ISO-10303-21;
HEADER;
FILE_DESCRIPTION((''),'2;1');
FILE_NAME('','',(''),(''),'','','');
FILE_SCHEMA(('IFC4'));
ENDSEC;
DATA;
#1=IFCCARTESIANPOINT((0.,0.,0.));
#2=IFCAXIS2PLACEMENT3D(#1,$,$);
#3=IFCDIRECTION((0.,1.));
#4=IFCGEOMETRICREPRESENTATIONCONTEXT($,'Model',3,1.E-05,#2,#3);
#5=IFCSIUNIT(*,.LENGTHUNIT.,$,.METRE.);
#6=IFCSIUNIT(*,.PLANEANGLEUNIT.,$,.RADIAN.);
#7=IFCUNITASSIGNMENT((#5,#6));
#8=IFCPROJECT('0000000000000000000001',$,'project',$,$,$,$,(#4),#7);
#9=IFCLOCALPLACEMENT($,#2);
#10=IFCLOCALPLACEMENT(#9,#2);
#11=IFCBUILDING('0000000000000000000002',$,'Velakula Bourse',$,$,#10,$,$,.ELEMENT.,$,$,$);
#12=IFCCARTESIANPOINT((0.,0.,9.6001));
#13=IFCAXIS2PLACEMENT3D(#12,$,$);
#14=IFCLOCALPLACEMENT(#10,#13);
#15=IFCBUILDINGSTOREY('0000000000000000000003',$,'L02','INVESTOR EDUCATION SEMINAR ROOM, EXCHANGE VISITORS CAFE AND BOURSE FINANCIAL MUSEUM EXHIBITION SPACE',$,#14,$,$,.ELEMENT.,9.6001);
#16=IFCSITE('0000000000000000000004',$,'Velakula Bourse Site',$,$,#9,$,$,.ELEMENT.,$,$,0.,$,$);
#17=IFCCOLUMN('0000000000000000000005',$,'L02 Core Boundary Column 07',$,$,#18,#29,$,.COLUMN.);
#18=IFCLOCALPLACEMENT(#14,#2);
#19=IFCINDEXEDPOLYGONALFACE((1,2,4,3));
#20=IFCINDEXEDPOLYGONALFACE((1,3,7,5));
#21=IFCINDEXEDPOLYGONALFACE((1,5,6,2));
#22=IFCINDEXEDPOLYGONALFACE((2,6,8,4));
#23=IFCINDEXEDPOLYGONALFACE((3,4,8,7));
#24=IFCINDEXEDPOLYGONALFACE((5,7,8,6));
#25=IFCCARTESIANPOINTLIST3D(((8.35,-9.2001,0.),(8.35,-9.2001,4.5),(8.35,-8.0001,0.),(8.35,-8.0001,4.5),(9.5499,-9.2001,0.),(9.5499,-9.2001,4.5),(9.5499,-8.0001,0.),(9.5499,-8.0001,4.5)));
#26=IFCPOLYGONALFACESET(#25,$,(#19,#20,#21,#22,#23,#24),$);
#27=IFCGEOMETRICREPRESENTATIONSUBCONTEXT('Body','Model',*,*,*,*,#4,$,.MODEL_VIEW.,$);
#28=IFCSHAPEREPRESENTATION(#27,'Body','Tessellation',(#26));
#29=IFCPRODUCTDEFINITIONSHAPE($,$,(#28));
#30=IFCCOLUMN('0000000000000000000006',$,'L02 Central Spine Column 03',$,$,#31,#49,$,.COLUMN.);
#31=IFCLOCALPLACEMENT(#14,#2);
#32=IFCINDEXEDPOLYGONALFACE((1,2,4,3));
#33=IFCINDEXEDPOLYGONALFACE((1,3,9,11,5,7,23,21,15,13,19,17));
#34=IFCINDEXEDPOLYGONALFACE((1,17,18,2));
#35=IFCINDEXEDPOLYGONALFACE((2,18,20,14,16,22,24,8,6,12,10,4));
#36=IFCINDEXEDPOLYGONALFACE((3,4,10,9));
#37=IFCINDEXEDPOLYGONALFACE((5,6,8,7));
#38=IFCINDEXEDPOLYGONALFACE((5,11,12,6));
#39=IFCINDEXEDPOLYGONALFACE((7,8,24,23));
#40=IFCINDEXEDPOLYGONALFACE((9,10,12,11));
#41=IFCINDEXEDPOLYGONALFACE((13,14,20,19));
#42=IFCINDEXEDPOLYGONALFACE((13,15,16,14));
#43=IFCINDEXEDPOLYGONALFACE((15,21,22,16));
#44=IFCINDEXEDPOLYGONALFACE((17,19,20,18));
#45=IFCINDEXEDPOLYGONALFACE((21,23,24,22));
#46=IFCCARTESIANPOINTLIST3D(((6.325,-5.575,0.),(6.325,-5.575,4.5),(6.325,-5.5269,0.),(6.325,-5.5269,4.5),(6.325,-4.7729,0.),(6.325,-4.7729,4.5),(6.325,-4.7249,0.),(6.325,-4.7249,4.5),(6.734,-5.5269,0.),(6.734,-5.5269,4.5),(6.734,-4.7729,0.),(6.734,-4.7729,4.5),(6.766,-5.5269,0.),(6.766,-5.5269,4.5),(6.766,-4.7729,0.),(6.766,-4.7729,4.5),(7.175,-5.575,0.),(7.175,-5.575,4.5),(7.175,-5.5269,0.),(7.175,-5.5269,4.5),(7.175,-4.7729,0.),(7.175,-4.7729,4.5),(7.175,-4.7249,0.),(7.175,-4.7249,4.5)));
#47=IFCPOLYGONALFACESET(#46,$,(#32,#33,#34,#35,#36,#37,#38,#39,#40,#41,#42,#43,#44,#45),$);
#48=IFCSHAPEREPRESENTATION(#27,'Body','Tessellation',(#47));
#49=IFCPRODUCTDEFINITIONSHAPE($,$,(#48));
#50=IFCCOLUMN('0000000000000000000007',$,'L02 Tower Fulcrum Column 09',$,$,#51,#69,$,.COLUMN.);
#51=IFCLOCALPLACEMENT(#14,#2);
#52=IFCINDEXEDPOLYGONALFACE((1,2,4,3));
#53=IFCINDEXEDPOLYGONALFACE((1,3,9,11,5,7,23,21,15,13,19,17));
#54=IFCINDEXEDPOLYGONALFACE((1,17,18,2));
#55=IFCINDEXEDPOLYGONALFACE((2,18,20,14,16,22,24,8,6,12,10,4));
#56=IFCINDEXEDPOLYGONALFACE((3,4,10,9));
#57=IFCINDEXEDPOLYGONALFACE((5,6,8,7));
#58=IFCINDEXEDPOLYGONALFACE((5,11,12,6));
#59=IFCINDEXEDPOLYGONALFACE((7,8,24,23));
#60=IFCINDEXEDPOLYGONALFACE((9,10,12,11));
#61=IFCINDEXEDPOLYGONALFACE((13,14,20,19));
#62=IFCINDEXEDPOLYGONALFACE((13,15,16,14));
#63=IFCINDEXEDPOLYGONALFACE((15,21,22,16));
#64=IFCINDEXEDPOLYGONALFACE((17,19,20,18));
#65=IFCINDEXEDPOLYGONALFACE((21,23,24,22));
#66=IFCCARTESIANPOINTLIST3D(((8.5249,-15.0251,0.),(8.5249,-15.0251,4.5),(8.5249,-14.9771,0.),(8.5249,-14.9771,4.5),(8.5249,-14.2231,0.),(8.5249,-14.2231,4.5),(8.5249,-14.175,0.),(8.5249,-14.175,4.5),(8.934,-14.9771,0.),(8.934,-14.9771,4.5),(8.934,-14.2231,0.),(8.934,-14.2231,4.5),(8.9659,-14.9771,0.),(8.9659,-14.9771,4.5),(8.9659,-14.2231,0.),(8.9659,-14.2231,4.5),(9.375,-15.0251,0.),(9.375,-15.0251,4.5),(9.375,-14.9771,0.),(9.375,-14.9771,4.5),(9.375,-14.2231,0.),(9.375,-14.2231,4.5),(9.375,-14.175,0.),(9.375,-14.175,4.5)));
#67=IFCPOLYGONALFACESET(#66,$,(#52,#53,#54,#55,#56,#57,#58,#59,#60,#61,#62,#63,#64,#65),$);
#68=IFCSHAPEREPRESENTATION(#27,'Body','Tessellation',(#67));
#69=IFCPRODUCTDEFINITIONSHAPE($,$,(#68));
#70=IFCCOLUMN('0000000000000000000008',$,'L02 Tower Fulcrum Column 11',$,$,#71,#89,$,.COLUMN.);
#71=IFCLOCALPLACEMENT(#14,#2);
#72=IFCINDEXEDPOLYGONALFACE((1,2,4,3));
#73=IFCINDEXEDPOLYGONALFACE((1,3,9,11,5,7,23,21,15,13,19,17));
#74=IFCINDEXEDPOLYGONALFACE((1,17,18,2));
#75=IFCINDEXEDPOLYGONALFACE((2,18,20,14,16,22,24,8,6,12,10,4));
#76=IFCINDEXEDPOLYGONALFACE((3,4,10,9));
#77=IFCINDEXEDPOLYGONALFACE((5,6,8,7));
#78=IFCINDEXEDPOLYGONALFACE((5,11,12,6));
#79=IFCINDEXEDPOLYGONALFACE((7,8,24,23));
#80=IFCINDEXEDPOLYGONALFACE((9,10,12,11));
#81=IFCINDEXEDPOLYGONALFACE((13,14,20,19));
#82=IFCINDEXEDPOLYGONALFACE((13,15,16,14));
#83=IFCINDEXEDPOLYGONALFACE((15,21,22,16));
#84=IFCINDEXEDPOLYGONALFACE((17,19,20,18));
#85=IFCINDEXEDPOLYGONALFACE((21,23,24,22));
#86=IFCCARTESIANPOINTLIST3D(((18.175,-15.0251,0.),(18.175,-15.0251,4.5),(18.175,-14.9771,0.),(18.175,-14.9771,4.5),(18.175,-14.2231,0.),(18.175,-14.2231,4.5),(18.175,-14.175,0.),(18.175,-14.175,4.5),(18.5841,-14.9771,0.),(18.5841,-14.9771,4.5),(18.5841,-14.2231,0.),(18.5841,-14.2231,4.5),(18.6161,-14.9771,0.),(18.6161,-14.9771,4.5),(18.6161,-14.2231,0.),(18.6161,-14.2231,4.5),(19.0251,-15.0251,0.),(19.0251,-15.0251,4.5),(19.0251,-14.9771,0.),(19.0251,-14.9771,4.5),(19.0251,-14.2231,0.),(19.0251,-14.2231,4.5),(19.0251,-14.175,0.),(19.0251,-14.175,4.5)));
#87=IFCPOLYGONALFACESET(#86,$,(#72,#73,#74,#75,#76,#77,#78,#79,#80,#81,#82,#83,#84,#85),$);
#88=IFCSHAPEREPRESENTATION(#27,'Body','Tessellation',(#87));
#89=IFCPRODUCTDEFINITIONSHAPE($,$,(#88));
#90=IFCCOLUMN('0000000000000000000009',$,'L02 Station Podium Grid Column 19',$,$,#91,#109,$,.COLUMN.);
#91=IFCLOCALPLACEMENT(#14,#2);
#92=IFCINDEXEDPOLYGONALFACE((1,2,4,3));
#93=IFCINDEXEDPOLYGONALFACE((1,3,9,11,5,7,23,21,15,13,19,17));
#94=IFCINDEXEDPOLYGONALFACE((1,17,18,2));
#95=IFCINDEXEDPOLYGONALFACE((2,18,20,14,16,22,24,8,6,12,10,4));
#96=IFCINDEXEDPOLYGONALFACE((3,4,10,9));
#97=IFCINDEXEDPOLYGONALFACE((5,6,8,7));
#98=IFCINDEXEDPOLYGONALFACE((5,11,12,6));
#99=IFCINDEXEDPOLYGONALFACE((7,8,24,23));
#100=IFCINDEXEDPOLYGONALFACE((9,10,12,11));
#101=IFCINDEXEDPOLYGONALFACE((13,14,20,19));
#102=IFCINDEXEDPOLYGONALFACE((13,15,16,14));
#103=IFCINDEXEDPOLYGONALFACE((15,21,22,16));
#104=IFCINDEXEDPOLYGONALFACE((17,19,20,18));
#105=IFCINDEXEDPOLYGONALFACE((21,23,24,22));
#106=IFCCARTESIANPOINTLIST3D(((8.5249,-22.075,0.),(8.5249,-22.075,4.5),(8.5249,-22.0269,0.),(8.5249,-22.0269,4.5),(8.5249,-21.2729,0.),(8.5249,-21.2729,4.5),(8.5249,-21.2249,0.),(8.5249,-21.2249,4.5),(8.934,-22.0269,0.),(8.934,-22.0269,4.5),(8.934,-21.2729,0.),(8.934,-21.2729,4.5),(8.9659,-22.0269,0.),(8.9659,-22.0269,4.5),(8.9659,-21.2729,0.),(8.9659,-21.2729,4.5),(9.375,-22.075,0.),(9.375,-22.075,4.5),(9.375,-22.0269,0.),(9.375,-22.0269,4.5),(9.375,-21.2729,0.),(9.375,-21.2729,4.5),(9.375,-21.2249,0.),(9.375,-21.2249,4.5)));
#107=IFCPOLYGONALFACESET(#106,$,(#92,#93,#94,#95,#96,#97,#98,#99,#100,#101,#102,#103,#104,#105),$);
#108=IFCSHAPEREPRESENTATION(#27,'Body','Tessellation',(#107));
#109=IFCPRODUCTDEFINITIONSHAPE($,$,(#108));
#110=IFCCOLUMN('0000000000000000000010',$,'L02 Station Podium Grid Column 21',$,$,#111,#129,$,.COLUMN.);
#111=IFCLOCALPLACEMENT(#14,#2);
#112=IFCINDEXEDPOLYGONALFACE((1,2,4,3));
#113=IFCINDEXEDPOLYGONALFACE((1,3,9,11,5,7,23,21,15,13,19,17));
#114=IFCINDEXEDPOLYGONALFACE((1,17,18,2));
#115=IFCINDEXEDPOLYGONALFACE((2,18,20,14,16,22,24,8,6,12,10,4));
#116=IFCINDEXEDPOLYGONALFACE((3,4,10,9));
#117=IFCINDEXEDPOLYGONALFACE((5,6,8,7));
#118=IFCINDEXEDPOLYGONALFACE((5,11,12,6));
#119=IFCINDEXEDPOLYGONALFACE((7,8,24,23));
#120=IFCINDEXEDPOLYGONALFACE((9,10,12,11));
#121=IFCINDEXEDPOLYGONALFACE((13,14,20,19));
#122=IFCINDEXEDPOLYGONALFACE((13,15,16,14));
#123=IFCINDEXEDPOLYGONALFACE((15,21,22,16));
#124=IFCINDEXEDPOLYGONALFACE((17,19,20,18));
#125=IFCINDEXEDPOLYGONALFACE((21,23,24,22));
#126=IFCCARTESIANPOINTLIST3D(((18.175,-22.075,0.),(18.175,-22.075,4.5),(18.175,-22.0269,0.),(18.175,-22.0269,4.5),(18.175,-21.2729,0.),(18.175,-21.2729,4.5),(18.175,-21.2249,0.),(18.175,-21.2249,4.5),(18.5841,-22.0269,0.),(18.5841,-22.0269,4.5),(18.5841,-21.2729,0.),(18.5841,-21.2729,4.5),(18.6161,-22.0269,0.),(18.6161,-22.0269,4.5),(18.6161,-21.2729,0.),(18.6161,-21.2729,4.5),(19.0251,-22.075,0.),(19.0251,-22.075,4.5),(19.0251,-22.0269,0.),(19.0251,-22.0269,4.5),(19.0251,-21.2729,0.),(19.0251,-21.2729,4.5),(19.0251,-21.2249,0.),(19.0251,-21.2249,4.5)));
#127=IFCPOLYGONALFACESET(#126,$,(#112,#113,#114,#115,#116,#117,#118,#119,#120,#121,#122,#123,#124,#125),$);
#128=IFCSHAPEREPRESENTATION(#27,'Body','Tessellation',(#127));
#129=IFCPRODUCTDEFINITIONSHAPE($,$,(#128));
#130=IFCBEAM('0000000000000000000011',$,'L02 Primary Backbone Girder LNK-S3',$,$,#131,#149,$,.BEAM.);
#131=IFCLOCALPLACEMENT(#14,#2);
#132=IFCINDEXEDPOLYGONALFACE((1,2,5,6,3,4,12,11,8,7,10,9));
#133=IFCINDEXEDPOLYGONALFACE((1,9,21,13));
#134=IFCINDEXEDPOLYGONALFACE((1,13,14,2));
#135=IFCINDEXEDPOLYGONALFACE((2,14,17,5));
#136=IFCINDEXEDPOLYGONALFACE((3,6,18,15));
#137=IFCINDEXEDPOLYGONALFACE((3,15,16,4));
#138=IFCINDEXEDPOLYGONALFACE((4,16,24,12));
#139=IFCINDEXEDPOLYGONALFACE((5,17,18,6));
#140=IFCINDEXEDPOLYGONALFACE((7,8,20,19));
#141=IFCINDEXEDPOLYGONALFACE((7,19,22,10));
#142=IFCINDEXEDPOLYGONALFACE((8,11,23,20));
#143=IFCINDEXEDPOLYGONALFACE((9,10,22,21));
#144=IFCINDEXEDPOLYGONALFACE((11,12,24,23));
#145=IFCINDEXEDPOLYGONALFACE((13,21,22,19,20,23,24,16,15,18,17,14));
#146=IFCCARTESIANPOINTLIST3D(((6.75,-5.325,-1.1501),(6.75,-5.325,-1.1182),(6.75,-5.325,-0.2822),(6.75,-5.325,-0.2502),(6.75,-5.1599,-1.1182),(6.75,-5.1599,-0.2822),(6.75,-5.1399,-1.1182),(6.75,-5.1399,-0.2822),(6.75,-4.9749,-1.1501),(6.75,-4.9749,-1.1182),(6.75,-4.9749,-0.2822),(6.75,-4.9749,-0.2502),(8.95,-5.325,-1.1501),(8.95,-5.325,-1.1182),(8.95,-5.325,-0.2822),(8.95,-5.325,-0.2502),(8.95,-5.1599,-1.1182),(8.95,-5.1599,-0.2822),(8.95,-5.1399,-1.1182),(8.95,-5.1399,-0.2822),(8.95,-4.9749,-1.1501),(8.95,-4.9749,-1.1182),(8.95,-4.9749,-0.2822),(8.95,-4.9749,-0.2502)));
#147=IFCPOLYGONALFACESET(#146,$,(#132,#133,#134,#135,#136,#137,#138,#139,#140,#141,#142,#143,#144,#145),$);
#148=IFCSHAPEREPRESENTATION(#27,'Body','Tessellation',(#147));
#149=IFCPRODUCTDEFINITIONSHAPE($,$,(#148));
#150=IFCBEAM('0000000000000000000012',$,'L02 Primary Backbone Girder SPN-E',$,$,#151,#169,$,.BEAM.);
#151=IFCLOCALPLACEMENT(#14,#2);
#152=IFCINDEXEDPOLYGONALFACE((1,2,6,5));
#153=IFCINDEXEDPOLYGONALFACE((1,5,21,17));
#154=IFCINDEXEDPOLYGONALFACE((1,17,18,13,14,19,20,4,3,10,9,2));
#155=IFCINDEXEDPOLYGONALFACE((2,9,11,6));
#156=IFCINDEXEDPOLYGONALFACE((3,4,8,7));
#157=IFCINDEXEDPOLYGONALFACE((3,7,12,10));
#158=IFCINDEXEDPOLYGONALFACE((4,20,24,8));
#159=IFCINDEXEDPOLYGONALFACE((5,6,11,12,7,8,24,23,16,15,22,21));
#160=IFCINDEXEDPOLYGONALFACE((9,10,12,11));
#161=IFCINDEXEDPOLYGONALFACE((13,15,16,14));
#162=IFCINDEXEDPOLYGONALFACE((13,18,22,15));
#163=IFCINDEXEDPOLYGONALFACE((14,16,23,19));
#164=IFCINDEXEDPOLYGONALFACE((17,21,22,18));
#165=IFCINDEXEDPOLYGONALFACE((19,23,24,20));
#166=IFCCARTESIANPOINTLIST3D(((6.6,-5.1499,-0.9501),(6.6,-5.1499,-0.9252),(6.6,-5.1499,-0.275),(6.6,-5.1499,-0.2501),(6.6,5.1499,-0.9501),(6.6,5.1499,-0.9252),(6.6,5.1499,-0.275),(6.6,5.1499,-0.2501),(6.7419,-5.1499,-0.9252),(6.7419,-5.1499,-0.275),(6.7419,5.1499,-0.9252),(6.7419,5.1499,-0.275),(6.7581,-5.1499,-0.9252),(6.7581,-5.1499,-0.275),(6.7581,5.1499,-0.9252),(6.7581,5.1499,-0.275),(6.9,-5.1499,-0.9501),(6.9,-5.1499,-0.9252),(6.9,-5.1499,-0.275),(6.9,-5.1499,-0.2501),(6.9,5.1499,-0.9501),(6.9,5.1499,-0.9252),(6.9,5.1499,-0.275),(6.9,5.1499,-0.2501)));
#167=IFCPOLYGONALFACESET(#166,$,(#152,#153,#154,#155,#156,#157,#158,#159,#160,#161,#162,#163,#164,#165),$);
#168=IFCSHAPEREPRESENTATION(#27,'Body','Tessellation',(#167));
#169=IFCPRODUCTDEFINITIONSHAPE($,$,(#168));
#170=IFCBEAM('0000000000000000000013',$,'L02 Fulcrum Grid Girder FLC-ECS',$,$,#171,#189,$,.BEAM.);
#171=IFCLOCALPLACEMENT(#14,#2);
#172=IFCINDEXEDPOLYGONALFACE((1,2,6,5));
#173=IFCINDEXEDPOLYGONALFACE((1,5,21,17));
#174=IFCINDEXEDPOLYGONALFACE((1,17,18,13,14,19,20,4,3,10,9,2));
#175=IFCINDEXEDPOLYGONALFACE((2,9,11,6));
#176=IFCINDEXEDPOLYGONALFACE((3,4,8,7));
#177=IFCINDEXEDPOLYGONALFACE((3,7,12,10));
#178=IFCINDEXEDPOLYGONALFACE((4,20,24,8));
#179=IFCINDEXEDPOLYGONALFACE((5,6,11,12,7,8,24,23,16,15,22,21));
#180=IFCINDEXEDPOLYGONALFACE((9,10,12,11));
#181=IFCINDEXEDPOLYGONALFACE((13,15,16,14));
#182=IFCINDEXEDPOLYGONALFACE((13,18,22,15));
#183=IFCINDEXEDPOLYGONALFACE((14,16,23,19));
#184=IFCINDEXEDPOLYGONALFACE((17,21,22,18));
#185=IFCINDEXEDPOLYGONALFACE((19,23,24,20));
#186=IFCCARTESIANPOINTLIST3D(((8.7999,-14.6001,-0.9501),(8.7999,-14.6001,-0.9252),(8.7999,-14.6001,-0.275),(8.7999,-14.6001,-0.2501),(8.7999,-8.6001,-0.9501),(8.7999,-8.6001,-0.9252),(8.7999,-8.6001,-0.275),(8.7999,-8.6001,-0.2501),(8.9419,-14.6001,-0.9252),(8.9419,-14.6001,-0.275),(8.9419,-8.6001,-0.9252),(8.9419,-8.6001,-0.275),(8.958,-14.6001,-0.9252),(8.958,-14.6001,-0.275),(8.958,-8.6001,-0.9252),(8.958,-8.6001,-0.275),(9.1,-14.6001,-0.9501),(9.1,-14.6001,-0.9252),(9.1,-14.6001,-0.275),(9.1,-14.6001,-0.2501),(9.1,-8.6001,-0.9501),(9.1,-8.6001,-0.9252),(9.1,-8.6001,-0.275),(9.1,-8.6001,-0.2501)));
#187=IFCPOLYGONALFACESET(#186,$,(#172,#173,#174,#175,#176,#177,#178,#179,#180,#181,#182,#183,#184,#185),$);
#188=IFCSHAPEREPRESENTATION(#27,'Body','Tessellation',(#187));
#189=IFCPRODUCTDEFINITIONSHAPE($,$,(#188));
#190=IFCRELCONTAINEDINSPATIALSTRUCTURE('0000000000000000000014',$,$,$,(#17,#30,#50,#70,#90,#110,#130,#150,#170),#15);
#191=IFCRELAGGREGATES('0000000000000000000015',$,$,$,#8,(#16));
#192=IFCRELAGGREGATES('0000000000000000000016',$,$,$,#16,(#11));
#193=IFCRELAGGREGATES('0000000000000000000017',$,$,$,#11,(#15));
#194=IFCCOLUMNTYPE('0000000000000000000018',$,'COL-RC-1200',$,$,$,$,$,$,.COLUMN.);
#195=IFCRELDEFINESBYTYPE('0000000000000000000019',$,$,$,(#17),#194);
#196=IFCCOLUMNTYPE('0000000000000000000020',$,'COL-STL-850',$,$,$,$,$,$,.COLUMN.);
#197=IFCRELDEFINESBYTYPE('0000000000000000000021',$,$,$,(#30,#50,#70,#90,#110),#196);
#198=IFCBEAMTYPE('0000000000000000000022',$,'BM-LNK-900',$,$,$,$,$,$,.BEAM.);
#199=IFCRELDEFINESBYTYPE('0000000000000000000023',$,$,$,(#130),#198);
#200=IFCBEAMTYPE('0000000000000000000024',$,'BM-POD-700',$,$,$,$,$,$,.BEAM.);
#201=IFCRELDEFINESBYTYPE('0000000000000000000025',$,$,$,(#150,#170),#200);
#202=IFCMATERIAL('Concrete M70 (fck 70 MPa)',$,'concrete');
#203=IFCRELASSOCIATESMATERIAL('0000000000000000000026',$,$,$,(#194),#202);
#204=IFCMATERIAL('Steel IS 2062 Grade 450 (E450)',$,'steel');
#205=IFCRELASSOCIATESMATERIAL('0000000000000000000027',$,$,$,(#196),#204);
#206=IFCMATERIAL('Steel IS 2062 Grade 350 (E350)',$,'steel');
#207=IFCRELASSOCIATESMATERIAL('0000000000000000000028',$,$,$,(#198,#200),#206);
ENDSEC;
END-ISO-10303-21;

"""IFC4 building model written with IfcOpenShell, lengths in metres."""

from ifc_helpers import new_model, si_unit, direction, frame, origin, origin_2d, place, context, subcontext, project, spatial, rectangle, i_section, extrude, material, material_profile, profile_set, type_object, element, save


model = new_model("IFC4")

# Units and contexts
model_context = context("Model", 3, precision=1e-05, world=origin(), true_north=direction((0.0, 1.0)))
body_context = subcontext(model_context, "Body", "Model", "MODEL_VIEW")
ifc_project = project(units=[si_unit("LENGTHUNIT", "METRE"), si_unit("PLANEANGLEUNIT", "RADIAN")], contexts=[model_context])

# Site, building, storey
site_placement = place(None, origin())
site = spatial("IfcSite", under=ifc_project, at=site_placement, Name="Velakula Bourse Site", CompositionType="ELEMENT", RefElevation=0.0)
building_placement = place(site_placement, origin())
building = spatial("IfcBuilding", under=site, at=building_placement, Name="Velakula Bourse", CompositionType="ELEMENT")
storey_placement = place(building_placement, frame((0.0, 0.0, 9.6001)))
storey = spatial("IfcBuildingStorey", under=building, at=storey_placement, Name="L02", Description="INVESTOR EDUCATION SEMINAR ROOM, EXCHANGE VISITORS CAFE AND BOURSE FINANCIAL MUSEUM EXHIBITION SPACE", CompositionType="ELEMENT", Elevation=9.6001)

# Columns
ifc_material_1 = material(Name="Concrete M70 (fck 70 MPa)", Category="concrete")
ifc_material_profile_1 = material_profile(ifc_material_1, rectangle(XDim=1.2, YDim=1.2, at=origin_2d()), Name="Concrete M70 (fck 70 MPa)")
ifc_profile_set_1 = profile_set([ifc_material_profile_1], Name="Concrete M70 (fck 70 MPa)")
column_type_1 = type_object("IfcColumnType", Name="COL-RC-1200", PredefinedType="COLUMN", material=ifc_profile_set_1)
column_placement = place(storey_placement, frame((8.95, -8.6001, 0.0), z_axis=(0.0, 0.0, 1.0), x_axis=(1.0, 0.0, 0.0)))
element("IfcColumn", 1, at=column_placement, inside=storey, type_object=column_type_1, Name="L02 Core Boundary Column 07", PredefinedType="COLUMN", context=body_context, shape_type="SweptSolid", body=[
    extrude(rectangle(XDim=1.2, YDim=1.2, at=origin_2d()), origin(), (0.0, 0.0, 1.0), 4.5),
])
ifc_material_2 = material(Name="Steel IS 2062 Grade 450 (E450)", Category="steel")
ifc_material_profile_2 = material_profile(ifc_material_2, i_section(OverallWidth=0.8501, OverallDepth=0.8501, WebThickness=0.032, FlangeThickness=0.0481, at=origin_2d()), Name="Steel IS 2062 Grade 450 (E450)")
ifc_profile_set_2 = profile_set([ifc_material_profile_2], Name="Steel IS 2062 Grade 450 (E450)")
column_type_2 = type_object("IfcColumnType", Name="COL-STL-850", PredefinedType="COLUMN", material=ifc_profile_set_2)
for number, where, z_axis, x_axis, name in (
    (2, (6.75, -5.1499, 0.0), (0.0, 0.0, 1.0), (1.0, 0.0, 0.0), "L02 Central Spine Column 03"),
    (3, (8.95, -14.6001, 0.0), (0.0, 0.0, 1.0), (1.0, 0.0, 0.0), "L02 Tower Fulcrum Column 09"),
    (4, (18.6001, -14.6001, 0.0), (0.0, 0.0, 1.0), (1.0, 0.0, 0.0), "L02 Tower Fulcrum Column 11"),
    (5, (8.95, -21.6499, 0.0), (0.0, 0.0, 1.0), (1.0, 0.0, 0.0), "L02 Station Podium Grid Column 19"),
    (6, (18.6001, -21.6499, 0.0), (0.0, 0.0, 1.0), (1.0, 0.0, 0.0), "L02 Station Podium Grid Column 21"),
):
    element("IfcColumn", number, at=place(storey_placement, frame(where, z_axis=z_axis, x_axis=x_axis)), inside=storey, type_object=column_type_2, Name=name, PredefinedType="COLUMN", context=body_context, shape_type="SweptSolid", body=[
        extrude(i_section(OverallWidth=0.8501, OverallDepth=0.8501, WebThickness=0.032, FlangeThickness=0.0481, at=origin_2d()), origin(), (0.0, 0.0, 1.0), 4.5),
    ])

# Beams
ifc_material_3 = material(Name="Steel IS 2062 Grade 350 (E350)", Category="steel")
ifc_material_profile_3 = material_profile(ifc_material_3, i_section(OverallWidth=0.3501, OverallDepth=0.8999, WebThickness=0.02, FlangeThickness=0.032, at=origin_2d()), Name="Steel IS 2062 Grade 350 (E350)")
ifc_profile_set_3 = profile_set([ifc_material_profile_3], Name="Steel IS 2062 Grade 350 (E350)")
beam_type_1 = type_object("IfcBeamType", Name="BM-LNK-900", PredefinedType="BEAM", material=ifc_profile_set_3)
beam_1_placement = place(storey_placement, frame((6.75, -5.1499, -0.7002), z_axis=(1.0, 0.0, 0.0), x_axis=(0.0, 1.0, 0.0)))
element("IfcBeam", 7, at=beam_1_placement, inside=storey, type_object=beam_type_1, Name="L02 Primary Backbone Girder LNK-S3", PredefinedType="BEAM", context=body_context, shape_type="SweptSolid", body=[
    extrude(i_section(OverallWidth=0.3501, OverallDepth=0.8999, WebThickness=0.02, FlangeThickness=0.032, at=origin_2d()), origin(), (0.0, 0.0, 1.0), 2.2),
])
ifc_material_profile_4 = material_profile(ifc_material_3, i_section(OverallWidth=0.3, OverallDepth=0.7, WebThickness=0.0161, FlangeThickness=0.0249, at=origin_2d()), Name="Steel IS 2062 Grade 350 (E350)")
ifc_profile_set_4 = profile_set([ifc_material_profile_4], Name="Steel IS 2062 Grade 350 (E350)")
beam_type_2 = type_object("IfcBeamType", Name="BM-POD-700", PredefinedType="BEAM", material=ifc_profile_set_4)
beam_2_placement = place(storey_placement, frame((6.75, -5.1499, -0.6001), z_axis=(0.0, 1.0, 0.0), x_axis=(-1.0, 0.0, 0.0)))
element("IfcBeam", 8, at=beam_2_placement, inside=storey, type_object=beam_type_2, Name="L02 Primary Backbone Girder SPN-E", PredefinedType="BEAM", context=body_context, shape_type="SweptSolid", body=[
    extrude(i_section(OverallWidth=0.3, OverallDepth=0.7, WebThickness=0.0161, FlangeThickness=0.0249, at=origin_2d()), origin(), (0.0, 0.0, 1.0), 10.2998),
])
for number, where, z_axis, x_axis, name in (
    (9, (8.95, -14.6001, -0.6001), (0.0, 1.0, 0.0), (-1.0, 0.0, 0.0), "L02 Fulcrum Grid Girder FLC-ECS"),
):
    element("IfcBeam", number, at=place(storey_placement, frame(where, z_axis=z_axis, x_axis=x_axis)), inside=storey, type_object=beam_type_2, Name=name, PredefinedType="BEAM", context=body_context, shape_type="SweptSolid", body=[
        extrude(i_section(OverallWidth=0.3, OverallDepth=0.7, WebThickness=0.0161, FlangeThickness=0.0249, at=origin_2d()), origin(), (0.0, 0.0, 1.0), 6.0),
    ])

save(model, "model.ifc")
